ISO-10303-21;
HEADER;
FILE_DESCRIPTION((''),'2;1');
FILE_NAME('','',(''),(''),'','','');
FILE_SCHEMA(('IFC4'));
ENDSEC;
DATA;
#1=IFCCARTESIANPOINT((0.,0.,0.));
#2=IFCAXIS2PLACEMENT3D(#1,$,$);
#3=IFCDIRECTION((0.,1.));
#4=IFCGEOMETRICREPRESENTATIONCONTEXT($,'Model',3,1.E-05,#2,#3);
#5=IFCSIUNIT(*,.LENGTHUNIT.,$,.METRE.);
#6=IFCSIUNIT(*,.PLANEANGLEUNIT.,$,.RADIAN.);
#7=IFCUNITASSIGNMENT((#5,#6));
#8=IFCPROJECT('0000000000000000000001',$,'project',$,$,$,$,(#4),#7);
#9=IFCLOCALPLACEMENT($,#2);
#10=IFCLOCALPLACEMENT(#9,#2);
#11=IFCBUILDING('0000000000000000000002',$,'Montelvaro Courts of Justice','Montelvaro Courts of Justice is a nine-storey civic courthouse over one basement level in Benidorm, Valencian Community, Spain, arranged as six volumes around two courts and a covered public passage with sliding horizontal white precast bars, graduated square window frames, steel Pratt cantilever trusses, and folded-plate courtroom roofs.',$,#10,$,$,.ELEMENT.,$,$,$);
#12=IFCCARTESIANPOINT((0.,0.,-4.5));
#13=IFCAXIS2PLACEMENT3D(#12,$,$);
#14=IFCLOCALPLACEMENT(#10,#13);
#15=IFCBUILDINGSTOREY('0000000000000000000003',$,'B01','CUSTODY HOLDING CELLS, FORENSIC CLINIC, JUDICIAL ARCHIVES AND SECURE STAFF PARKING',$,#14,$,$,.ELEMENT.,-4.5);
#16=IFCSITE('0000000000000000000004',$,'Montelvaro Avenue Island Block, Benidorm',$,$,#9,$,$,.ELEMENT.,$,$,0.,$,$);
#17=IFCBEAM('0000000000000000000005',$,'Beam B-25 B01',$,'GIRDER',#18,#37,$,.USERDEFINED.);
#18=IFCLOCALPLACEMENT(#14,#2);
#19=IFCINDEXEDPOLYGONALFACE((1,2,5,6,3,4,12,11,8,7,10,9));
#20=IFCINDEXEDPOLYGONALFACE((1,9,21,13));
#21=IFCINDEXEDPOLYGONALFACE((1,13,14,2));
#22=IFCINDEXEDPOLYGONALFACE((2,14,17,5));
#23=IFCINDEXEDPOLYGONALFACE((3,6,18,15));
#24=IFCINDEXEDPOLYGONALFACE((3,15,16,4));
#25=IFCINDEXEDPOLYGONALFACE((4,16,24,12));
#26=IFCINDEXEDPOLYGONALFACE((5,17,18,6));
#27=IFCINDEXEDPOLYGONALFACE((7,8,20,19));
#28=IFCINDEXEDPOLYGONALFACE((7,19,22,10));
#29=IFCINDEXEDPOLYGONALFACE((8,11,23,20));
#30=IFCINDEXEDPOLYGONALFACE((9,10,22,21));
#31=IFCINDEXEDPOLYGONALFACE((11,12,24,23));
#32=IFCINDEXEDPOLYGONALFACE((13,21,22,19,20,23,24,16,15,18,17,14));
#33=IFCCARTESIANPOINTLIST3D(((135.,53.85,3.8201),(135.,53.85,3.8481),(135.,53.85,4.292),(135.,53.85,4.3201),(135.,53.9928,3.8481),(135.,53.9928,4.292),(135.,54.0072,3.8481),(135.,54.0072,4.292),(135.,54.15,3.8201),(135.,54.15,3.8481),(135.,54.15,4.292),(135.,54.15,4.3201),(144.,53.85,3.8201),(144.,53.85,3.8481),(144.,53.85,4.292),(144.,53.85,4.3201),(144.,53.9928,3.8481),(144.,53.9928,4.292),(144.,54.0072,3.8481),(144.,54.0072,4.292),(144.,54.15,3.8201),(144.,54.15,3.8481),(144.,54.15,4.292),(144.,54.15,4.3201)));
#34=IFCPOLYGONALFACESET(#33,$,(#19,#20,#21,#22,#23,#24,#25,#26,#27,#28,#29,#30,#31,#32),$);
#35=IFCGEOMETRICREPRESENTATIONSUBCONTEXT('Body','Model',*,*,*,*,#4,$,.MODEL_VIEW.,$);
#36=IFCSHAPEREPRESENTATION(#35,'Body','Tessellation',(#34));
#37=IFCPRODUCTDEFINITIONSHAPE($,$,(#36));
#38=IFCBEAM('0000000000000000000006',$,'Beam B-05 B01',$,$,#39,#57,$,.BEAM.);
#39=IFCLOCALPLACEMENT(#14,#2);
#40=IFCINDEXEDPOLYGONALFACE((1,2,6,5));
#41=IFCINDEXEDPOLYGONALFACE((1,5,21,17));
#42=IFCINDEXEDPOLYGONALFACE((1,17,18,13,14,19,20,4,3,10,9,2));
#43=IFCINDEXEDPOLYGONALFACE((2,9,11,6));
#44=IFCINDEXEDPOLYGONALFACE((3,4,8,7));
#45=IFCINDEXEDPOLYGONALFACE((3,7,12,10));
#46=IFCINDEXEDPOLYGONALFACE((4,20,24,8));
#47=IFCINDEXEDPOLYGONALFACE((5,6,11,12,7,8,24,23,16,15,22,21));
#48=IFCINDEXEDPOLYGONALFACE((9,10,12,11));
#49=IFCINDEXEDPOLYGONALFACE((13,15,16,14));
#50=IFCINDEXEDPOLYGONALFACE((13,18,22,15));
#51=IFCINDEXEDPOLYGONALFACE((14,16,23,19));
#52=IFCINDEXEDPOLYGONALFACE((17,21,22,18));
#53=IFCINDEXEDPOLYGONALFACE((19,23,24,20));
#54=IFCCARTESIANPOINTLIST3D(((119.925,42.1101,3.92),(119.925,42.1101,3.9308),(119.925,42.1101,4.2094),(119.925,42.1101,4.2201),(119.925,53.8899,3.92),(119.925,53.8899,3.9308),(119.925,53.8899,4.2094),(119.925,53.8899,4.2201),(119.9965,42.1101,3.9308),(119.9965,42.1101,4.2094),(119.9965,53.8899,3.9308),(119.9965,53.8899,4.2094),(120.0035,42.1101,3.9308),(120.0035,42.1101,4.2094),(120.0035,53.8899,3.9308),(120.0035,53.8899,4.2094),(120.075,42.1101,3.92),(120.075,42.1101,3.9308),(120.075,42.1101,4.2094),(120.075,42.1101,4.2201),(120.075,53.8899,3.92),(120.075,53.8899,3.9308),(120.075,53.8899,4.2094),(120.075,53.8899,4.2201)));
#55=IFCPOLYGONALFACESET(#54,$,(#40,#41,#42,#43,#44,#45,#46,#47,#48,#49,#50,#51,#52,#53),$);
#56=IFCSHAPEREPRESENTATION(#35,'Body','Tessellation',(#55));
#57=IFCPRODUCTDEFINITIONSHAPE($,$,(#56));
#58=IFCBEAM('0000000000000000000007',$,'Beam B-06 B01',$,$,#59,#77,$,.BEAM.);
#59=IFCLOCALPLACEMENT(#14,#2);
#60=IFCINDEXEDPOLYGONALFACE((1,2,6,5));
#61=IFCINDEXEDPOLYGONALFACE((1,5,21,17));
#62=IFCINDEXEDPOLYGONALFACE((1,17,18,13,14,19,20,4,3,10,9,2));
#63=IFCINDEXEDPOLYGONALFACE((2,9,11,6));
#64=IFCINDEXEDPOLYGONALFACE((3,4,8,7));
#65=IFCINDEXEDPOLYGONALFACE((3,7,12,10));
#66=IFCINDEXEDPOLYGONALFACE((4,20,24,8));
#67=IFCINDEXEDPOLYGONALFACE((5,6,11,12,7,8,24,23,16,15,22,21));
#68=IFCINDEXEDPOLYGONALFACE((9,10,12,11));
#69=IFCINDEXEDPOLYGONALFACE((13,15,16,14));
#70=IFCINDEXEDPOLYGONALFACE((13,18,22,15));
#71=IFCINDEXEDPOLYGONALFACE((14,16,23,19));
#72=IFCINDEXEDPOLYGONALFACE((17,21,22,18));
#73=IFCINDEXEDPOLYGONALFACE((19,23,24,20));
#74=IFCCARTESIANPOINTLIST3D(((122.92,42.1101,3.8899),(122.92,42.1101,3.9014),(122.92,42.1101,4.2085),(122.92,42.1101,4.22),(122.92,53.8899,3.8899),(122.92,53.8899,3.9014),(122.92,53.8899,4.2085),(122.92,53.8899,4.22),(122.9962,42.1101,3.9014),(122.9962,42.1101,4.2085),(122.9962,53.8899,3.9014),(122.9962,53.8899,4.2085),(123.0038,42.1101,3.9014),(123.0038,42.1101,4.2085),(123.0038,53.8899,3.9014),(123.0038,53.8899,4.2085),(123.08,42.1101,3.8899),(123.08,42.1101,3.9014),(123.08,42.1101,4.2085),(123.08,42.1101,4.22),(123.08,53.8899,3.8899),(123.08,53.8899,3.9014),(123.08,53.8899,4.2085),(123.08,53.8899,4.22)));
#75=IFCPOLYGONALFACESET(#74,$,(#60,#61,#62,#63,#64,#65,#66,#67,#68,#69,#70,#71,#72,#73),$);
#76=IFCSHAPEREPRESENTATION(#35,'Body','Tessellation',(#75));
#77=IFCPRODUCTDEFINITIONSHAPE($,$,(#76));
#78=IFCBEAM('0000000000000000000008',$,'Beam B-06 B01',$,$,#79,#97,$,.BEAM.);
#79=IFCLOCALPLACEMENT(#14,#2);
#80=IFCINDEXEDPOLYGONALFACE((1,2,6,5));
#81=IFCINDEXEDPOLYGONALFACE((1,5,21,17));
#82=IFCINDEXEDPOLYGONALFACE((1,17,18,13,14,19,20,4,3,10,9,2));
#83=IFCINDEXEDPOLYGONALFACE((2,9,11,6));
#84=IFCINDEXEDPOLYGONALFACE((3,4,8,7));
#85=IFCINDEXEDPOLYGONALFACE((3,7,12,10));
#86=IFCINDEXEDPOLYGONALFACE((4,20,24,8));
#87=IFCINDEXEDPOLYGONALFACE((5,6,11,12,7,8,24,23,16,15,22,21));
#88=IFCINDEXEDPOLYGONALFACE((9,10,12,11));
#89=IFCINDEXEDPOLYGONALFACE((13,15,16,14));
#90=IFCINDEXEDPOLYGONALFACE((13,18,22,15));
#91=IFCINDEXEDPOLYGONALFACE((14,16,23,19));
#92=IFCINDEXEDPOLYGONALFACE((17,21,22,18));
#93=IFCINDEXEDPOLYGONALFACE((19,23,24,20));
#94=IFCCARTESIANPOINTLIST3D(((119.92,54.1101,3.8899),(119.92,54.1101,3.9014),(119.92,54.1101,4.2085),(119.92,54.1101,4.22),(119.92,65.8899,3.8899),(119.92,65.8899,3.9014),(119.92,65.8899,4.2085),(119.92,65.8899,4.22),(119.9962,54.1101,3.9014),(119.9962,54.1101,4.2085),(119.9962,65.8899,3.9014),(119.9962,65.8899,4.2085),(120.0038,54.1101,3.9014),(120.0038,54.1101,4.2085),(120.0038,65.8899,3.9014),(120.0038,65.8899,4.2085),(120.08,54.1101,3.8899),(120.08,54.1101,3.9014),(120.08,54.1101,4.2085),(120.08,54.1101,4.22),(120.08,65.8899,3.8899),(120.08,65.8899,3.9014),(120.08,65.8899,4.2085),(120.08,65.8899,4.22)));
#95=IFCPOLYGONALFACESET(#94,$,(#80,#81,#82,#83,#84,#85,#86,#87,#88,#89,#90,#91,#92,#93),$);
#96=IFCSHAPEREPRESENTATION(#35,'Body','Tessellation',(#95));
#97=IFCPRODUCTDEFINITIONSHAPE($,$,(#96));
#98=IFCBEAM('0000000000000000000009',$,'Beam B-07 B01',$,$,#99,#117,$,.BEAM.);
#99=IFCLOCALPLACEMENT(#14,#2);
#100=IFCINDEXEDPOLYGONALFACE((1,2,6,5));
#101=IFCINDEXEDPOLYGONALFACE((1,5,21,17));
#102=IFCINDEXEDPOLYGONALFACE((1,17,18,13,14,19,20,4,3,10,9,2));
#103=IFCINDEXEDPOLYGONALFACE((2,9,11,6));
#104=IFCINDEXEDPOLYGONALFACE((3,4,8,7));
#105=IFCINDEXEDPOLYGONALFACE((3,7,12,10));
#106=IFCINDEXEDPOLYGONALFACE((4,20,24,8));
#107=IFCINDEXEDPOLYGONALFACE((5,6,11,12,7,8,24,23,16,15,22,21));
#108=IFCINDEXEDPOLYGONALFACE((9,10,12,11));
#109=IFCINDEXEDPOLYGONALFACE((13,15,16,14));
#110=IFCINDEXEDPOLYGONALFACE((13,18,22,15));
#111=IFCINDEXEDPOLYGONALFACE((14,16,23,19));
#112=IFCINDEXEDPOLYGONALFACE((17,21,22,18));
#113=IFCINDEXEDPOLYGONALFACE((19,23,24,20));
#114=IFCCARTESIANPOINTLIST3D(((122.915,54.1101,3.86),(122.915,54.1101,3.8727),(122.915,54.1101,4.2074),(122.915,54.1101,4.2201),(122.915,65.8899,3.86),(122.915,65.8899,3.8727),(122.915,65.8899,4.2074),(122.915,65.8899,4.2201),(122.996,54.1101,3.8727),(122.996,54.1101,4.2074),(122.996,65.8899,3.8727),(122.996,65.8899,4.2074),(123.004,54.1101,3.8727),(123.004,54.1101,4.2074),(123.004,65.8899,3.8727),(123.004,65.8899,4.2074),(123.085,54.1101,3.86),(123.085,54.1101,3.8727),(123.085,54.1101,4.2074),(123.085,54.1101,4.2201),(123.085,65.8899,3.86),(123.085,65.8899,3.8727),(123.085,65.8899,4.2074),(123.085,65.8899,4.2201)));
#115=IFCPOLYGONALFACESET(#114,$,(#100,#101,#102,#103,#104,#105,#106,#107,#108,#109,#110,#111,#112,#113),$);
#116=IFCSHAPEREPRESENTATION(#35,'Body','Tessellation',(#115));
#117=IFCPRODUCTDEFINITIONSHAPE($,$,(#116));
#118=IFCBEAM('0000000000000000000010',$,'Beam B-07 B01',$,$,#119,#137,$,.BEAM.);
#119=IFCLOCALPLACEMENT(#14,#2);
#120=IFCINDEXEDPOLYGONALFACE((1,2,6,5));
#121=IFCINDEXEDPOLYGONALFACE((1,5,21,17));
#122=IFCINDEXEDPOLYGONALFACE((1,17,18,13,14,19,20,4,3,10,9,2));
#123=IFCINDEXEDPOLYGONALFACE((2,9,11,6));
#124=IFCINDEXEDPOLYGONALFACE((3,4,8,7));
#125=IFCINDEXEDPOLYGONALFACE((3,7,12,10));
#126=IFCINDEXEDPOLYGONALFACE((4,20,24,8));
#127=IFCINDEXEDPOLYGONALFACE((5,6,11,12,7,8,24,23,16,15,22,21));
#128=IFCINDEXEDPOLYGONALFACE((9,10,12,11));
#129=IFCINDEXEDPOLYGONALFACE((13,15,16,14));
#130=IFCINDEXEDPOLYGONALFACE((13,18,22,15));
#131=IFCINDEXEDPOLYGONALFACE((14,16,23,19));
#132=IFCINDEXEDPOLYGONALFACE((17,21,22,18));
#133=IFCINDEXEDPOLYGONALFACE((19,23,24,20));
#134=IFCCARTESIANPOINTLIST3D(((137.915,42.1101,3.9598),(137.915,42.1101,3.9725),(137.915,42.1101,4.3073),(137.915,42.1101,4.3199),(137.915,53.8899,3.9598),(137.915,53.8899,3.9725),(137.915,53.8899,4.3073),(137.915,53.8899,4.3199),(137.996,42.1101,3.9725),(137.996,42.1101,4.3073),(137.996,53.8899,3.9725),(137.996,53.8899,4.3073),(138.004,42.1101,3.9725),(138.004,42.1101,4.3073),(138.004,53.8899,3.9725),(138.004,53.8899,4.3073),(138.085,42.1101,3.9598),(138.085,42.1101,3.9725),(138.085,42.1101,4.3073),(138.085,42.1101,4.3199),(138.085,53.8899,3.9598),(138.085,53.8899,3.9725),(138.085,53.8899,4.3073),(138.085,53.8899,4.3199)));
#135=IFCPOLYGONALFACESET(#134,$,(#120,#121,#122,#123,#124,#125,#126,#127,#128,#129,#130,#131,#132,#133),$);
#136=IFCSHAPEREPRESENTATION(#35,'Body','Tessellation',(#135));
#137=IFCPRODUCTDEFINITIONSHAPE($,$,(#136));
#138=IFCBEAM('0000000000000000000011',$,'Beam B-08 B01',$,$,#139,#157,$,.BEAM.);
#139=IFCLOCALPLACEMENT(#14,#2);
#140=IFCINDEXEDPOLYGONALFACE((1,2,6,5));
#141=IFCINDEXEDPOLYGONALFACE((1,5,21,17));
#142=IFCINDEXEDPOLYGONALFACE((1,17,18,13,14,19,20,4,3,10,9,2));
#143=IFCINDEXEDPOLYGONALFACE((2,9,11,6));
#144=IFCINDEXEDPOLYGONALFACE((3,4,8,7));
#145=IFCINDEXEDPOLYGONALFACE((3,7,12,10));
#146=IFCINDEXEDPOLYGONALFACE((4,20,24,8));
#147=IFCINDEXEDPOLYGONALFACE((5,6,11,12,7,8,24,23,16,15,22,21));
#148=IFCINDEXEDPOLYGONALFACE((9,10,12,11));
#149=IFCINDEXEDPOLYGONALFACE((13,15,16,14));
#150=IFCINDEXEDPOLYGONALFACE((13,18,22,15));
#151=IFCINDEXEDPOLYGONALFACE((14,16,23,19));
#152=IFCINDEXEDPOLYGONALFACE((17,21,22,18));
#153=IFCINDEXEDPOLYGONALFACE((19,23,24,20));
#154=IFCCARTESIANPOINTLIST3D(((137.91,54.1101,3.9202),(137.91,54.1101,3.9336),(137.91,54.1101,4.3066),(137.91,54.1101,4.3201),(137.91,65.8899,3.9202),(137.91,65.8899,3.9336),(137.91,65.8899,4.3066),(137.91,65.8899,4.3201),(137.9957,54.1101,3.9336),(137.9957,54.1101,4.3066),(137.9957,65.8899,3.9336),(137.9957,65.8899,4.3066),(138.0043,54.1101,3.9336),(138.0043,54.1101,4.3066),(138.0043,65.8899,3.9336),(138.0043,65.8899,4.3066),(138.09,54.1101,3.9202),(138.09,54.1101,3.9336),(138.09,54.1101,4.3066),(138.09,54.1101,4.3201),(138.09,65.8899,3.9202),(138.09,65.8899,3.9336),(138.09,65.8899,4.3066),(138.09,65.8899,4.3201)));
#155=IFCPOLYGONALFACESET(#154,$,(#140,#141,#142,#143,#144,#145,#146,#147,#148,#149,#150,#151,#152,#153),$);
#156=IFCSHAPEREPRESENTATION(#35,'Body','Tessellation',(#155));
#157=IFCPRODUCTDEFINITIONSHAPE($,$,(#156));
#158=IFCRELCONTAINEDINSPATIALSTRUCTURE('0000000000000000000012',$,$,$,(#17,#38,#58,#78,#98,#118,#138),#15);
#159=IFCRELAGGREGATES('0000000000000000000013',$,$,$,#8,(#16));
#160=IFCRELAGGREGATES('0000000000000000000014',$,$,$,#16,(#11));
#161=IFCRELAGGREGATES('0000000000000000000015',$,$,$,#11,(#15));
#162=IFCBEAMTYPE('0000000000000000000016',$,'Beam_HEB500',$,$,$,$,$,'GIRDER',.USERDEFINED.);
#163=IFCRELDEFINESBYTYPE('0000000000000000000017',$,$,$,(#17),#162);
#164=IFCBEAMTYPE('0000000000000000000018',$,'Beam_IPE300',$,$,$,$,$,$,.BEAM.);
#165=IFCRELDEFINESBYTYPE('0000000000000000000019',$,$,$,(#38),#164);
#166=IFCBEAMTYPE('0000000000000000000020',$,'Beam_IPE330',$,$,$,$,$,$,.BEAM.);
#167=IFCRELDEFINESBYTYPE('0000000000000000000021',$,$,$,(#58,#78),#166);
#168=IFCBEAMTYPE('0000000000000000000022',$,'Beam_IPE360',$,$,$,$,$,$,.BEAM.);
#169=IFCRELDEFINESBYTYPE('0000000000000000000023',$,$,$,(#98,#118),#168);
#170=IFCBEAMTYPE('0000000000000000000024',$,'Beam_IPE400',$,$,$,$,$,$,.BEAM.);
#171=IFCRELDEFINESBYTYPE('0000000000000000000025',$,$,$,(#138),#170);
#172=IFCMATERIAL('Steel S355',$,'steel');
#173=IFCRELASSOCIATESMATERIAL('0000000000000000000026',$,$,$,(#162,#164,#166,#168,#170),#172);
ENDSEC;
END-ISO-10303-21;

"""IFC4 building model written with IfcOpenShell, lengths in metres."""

from ifc_helpers import new_model, si_unit, direction, frame, origin, origin_2d, place, context, subcontext, project, spatial, i_section, extrude, material, material_profile, profile_set, type_object, element, save


model = new_model("IFC4")

# Units and contexts
model_context = context("Model", 3, precision=1e-05, world=origin(), true_north=direction((0.0, 1.0)))
body_context = subcontext(model_context, "Body", "Model", "MODEL_VIEW")
ifc_project = project(units=[si_unit("LENGTHUNIT", "METRE"), si_unit("PLANEANGLEUNIT", "RADIAN")], contexts=[model_context])

# Site, building, storey
site_placement = place(None, origin())
site = spatial("IfcSite", under=ifc_project, at=site_placement, Name="Montelvaro Avenue Island Block, Benidorm", CompositionType="ELEMENT", RefElevation=0.0)
building_placement = place(site_placement, origin())
building = spatial("IfcBuilding", under=site, at=building_placement, Name="Montelvaro Courts of Justice", Description="Montelvaro Courts of Justice is a nine-storey civic courthouse over one basement level in Benidorm, Valencian Community, Spain, arranged as six volumes around two courts and a covered public passage with sliding horizontal white precast bars, graduated square window frames, steel Pratt cantilever trusses, and folded-plate courtroom roofs.", CompositionType="ELEMENT")
storey_placement = place(building_placement, frame((0.0, 0.0, -4.5)))
storey = spatial("IfcBuildingStorey", under=building, at=storey_placement, Name="B01", Description="CUSTODY HOLDING CELLS, FORENSIC CLINIC, JUDICIAL ARCHIVES AND SECURE STAFF PARKING", CompositionType="ELEMENT", Elevation=-4.5)

# Beams
ifc_material_1 = material(Name="Steel S355", Category="steel")
ifc_material_profile_1 = material_profile(ifc_material_1, i_section(OverallWidth=0.3, OverallDepth=0.5, WebThickness=0.0144, FlangeThickness=0.0281, at=origin_2d()), Name="HEB 500")
ifc_profile_set_1 = profile_set([ifc_material_profile_1], Name="Steel S355")
beam_type_1 = type_object("IfcBeamType", Name="Beam_HEB500", ElementType="GIRDER", PredefinedType="USERDEFINED", material=ifc_profile_set_1)
for number, where, z_axis, x_axis, name in (
    (1, (135.0, 54.0, 4.0701), (1.0, 0.0, 0.0), (0.0, 1.0, 0.0), "Beam B-25 B01"),
):
    element("IfcBeam", number, at=place(storey_placement, frame(where, z_axis=z_axis, x_axis=x_axis)), inside=storey, type_object=beam_type_1, Name=name, ObjectType="GIRDER", PredefinedType="USERDEFINED", context=body_context, shape_type="SweptSolid", body=[
        extrude(i_section(OverallWidth=0.3, OverallDepth=0.5, WebThickness=0.0144, FlangeThickness=0.0281, at=origin_2d()), origin(), (0.0, 0.0, 1.0), 9.0),
    ])
ifc_material_profile_2 = material_profile(ifc_material_1, i_section(OverallWidth=0.1499, OverallDepth=0.3, WebThickness=0.0071, FlangeThickness=0.0107, at=origin_2d()), Name="IPE 300")
ifc_profile_set_2 = profile_set([ifc_material_profile_2], Name="Steel S355")
beam_type_2 = type_object("IfcBeamType", Name="Beam_IPE300", PredefinedType="BEAM", material=ifc_profile_set_2)
beam_1_placement = place(storey_placement, frame((120.0, 42.1101, 4.0701), z_axis=(0.0, 1.0, 0.0), x_axis=(-1.0, 0.0, 0.0)))
element("IfcBeam", 2, at=beam_1_placement, inside=storey, type_object=beam_type_2, Name="Beam B-05 B01", PredefinedType="BEAM", context=body_context, shape_type="SweptSolid", body=[
    extrude(i_section(OverallWidth=0.1499, OverallDepth=0.3, WebThickness=0.0071, FlangeThickness=0.0107, at=origin_2d()), origin(), (0.0, 0.0, 1.0), 11.7798),
])
ifc_material_profile_3 = material_profile(ifc_material_1, i_section(OverallWidth=0.1599, OverallDepth=0.3301, WebThickness=0.0076, FlangeThickness=0.0115, at=origin_2d()), Name="IPE 330")
ifc_profile_set_3 = profile_set([ifc_material_profile_3], Name="Steel S355")
beam_type_3 = type_object("IfcBeamType", Name="Beam_IPE330", PredefinedType="BEAM", material=ifc_profile_set_3)
for number, where, z_axis, x_axis, name in (
    (3, (123.0, 42.1101, 4.0549), (0.0, 1.0, 0.0), (-1.0, 0.0, 0.0), "Beam B-06 B01"),
    (4, (120.0, 54.1101, 4.0549), (0.0, 1.0, 0.0), (-1.0, 0.0, 0.0), "Beam B-06 B01"),
):
    element("IfcBeam", number, at=place(storey_placement, frame(where, z_axis=z_axis, x_axis=x_axis)), inside=storey, type_object=beam_type_3, Name=name, PredefinedType="BEAM", context=body_context, shape_type="SweptSolid", body=[
        extrude(i_section(OverallWidth=0.1599, OverallDepth=0.3301, WebThickness=0.0076, FlangeThickness=0.0115, at=origin_2d()), origin(), (0.0, 0.0, 1.0), 11.7798),
    ])
ifc_material_profile_4 = material_profile(ifc_material_1, i_section(OverallWidth=0.1699, OverallDepth=0.3601, WebThickness=0.0081, FlangeThickness=0.0127, at=origin_2d()), Name="IPE 360")
ifc_profile_set_4 = profile_set([ifc_material_profile_4], Name="Steel S355")
beam_type_4 = type_object("IfcBeamType", Name="Beam_IPE360", PredefinedType="BEAM", material=ifc_profile_set_4)
for number, where, z_axis, x_axis, name in (
    (5, (123.0, 54.1101, 4.04), (0.0, 1.0, 0.0), (-1.0, 0.0, 0.0), "Beam B-07 B01"),
    (6, (138.0, 42.1101, 4.1399), (0.0, 1.0, 0.0), (-1.0, 0.0, 0.0), "Beam B-07 B01"),
):
    element("IfcBeam", number, at=place(storey_placement, frame(where, z_axis=z_axis, x_axis=x_axis)), inside=storey, type_object=beam_type_4, Name=name, PredefinedType="BEAM", context=body_context, shape_type="SweptSolid", body=[
        extrude(i_section(OverallWidth=0.1699, OverallDepth=0.3601, WebThickness=0.0081, FlangeThickness=0.0127, at=origin_2d()), origin(), (0.0, 0.0, 1.0), 11.7798),
    ])
ifc_material_profile_5 = material_profile(ifc_material_1, i_section(OverallWidth=0.1799, OverallDepth=0.3999, WebThickness=0.0085, FlangeThickness=0.0134, at=origin_2d()), Name="IPE 400")
ifc_profile_set_5 = profile_set([ifc_material_profile_5], Name="Steel S355")
beam_type_5 = type_object("IfcBeamType", Name="Beam_IPE400", PredefinedType="BEAM", material=ifc_profile_set_5)
beam_2_placement = place(storey_placement, frame((138.0, 54.1101, 4.1201), z_axis=(0.0, 1.0, 0.0), x_axis=(-1.0, 0.0, 0.0)))
element("IfcBeam", 7, at=beam_2_placement, inside=storey, type_object=beam_type_5, Name="Beam B-08 B01", PredefinedType="BEAM", context=body_context, shape_type="SweptSolid", body=[
    extrude(i_section(OverallWidth=0.1799, OverallDepth=0.3999, WebThickness=0.0085, FlangeThickness=0.0134, at=origin_2d()), origin(), (0.0, 0.0, 1.0), 11.7798),
])

save(model, "model.ifc")
